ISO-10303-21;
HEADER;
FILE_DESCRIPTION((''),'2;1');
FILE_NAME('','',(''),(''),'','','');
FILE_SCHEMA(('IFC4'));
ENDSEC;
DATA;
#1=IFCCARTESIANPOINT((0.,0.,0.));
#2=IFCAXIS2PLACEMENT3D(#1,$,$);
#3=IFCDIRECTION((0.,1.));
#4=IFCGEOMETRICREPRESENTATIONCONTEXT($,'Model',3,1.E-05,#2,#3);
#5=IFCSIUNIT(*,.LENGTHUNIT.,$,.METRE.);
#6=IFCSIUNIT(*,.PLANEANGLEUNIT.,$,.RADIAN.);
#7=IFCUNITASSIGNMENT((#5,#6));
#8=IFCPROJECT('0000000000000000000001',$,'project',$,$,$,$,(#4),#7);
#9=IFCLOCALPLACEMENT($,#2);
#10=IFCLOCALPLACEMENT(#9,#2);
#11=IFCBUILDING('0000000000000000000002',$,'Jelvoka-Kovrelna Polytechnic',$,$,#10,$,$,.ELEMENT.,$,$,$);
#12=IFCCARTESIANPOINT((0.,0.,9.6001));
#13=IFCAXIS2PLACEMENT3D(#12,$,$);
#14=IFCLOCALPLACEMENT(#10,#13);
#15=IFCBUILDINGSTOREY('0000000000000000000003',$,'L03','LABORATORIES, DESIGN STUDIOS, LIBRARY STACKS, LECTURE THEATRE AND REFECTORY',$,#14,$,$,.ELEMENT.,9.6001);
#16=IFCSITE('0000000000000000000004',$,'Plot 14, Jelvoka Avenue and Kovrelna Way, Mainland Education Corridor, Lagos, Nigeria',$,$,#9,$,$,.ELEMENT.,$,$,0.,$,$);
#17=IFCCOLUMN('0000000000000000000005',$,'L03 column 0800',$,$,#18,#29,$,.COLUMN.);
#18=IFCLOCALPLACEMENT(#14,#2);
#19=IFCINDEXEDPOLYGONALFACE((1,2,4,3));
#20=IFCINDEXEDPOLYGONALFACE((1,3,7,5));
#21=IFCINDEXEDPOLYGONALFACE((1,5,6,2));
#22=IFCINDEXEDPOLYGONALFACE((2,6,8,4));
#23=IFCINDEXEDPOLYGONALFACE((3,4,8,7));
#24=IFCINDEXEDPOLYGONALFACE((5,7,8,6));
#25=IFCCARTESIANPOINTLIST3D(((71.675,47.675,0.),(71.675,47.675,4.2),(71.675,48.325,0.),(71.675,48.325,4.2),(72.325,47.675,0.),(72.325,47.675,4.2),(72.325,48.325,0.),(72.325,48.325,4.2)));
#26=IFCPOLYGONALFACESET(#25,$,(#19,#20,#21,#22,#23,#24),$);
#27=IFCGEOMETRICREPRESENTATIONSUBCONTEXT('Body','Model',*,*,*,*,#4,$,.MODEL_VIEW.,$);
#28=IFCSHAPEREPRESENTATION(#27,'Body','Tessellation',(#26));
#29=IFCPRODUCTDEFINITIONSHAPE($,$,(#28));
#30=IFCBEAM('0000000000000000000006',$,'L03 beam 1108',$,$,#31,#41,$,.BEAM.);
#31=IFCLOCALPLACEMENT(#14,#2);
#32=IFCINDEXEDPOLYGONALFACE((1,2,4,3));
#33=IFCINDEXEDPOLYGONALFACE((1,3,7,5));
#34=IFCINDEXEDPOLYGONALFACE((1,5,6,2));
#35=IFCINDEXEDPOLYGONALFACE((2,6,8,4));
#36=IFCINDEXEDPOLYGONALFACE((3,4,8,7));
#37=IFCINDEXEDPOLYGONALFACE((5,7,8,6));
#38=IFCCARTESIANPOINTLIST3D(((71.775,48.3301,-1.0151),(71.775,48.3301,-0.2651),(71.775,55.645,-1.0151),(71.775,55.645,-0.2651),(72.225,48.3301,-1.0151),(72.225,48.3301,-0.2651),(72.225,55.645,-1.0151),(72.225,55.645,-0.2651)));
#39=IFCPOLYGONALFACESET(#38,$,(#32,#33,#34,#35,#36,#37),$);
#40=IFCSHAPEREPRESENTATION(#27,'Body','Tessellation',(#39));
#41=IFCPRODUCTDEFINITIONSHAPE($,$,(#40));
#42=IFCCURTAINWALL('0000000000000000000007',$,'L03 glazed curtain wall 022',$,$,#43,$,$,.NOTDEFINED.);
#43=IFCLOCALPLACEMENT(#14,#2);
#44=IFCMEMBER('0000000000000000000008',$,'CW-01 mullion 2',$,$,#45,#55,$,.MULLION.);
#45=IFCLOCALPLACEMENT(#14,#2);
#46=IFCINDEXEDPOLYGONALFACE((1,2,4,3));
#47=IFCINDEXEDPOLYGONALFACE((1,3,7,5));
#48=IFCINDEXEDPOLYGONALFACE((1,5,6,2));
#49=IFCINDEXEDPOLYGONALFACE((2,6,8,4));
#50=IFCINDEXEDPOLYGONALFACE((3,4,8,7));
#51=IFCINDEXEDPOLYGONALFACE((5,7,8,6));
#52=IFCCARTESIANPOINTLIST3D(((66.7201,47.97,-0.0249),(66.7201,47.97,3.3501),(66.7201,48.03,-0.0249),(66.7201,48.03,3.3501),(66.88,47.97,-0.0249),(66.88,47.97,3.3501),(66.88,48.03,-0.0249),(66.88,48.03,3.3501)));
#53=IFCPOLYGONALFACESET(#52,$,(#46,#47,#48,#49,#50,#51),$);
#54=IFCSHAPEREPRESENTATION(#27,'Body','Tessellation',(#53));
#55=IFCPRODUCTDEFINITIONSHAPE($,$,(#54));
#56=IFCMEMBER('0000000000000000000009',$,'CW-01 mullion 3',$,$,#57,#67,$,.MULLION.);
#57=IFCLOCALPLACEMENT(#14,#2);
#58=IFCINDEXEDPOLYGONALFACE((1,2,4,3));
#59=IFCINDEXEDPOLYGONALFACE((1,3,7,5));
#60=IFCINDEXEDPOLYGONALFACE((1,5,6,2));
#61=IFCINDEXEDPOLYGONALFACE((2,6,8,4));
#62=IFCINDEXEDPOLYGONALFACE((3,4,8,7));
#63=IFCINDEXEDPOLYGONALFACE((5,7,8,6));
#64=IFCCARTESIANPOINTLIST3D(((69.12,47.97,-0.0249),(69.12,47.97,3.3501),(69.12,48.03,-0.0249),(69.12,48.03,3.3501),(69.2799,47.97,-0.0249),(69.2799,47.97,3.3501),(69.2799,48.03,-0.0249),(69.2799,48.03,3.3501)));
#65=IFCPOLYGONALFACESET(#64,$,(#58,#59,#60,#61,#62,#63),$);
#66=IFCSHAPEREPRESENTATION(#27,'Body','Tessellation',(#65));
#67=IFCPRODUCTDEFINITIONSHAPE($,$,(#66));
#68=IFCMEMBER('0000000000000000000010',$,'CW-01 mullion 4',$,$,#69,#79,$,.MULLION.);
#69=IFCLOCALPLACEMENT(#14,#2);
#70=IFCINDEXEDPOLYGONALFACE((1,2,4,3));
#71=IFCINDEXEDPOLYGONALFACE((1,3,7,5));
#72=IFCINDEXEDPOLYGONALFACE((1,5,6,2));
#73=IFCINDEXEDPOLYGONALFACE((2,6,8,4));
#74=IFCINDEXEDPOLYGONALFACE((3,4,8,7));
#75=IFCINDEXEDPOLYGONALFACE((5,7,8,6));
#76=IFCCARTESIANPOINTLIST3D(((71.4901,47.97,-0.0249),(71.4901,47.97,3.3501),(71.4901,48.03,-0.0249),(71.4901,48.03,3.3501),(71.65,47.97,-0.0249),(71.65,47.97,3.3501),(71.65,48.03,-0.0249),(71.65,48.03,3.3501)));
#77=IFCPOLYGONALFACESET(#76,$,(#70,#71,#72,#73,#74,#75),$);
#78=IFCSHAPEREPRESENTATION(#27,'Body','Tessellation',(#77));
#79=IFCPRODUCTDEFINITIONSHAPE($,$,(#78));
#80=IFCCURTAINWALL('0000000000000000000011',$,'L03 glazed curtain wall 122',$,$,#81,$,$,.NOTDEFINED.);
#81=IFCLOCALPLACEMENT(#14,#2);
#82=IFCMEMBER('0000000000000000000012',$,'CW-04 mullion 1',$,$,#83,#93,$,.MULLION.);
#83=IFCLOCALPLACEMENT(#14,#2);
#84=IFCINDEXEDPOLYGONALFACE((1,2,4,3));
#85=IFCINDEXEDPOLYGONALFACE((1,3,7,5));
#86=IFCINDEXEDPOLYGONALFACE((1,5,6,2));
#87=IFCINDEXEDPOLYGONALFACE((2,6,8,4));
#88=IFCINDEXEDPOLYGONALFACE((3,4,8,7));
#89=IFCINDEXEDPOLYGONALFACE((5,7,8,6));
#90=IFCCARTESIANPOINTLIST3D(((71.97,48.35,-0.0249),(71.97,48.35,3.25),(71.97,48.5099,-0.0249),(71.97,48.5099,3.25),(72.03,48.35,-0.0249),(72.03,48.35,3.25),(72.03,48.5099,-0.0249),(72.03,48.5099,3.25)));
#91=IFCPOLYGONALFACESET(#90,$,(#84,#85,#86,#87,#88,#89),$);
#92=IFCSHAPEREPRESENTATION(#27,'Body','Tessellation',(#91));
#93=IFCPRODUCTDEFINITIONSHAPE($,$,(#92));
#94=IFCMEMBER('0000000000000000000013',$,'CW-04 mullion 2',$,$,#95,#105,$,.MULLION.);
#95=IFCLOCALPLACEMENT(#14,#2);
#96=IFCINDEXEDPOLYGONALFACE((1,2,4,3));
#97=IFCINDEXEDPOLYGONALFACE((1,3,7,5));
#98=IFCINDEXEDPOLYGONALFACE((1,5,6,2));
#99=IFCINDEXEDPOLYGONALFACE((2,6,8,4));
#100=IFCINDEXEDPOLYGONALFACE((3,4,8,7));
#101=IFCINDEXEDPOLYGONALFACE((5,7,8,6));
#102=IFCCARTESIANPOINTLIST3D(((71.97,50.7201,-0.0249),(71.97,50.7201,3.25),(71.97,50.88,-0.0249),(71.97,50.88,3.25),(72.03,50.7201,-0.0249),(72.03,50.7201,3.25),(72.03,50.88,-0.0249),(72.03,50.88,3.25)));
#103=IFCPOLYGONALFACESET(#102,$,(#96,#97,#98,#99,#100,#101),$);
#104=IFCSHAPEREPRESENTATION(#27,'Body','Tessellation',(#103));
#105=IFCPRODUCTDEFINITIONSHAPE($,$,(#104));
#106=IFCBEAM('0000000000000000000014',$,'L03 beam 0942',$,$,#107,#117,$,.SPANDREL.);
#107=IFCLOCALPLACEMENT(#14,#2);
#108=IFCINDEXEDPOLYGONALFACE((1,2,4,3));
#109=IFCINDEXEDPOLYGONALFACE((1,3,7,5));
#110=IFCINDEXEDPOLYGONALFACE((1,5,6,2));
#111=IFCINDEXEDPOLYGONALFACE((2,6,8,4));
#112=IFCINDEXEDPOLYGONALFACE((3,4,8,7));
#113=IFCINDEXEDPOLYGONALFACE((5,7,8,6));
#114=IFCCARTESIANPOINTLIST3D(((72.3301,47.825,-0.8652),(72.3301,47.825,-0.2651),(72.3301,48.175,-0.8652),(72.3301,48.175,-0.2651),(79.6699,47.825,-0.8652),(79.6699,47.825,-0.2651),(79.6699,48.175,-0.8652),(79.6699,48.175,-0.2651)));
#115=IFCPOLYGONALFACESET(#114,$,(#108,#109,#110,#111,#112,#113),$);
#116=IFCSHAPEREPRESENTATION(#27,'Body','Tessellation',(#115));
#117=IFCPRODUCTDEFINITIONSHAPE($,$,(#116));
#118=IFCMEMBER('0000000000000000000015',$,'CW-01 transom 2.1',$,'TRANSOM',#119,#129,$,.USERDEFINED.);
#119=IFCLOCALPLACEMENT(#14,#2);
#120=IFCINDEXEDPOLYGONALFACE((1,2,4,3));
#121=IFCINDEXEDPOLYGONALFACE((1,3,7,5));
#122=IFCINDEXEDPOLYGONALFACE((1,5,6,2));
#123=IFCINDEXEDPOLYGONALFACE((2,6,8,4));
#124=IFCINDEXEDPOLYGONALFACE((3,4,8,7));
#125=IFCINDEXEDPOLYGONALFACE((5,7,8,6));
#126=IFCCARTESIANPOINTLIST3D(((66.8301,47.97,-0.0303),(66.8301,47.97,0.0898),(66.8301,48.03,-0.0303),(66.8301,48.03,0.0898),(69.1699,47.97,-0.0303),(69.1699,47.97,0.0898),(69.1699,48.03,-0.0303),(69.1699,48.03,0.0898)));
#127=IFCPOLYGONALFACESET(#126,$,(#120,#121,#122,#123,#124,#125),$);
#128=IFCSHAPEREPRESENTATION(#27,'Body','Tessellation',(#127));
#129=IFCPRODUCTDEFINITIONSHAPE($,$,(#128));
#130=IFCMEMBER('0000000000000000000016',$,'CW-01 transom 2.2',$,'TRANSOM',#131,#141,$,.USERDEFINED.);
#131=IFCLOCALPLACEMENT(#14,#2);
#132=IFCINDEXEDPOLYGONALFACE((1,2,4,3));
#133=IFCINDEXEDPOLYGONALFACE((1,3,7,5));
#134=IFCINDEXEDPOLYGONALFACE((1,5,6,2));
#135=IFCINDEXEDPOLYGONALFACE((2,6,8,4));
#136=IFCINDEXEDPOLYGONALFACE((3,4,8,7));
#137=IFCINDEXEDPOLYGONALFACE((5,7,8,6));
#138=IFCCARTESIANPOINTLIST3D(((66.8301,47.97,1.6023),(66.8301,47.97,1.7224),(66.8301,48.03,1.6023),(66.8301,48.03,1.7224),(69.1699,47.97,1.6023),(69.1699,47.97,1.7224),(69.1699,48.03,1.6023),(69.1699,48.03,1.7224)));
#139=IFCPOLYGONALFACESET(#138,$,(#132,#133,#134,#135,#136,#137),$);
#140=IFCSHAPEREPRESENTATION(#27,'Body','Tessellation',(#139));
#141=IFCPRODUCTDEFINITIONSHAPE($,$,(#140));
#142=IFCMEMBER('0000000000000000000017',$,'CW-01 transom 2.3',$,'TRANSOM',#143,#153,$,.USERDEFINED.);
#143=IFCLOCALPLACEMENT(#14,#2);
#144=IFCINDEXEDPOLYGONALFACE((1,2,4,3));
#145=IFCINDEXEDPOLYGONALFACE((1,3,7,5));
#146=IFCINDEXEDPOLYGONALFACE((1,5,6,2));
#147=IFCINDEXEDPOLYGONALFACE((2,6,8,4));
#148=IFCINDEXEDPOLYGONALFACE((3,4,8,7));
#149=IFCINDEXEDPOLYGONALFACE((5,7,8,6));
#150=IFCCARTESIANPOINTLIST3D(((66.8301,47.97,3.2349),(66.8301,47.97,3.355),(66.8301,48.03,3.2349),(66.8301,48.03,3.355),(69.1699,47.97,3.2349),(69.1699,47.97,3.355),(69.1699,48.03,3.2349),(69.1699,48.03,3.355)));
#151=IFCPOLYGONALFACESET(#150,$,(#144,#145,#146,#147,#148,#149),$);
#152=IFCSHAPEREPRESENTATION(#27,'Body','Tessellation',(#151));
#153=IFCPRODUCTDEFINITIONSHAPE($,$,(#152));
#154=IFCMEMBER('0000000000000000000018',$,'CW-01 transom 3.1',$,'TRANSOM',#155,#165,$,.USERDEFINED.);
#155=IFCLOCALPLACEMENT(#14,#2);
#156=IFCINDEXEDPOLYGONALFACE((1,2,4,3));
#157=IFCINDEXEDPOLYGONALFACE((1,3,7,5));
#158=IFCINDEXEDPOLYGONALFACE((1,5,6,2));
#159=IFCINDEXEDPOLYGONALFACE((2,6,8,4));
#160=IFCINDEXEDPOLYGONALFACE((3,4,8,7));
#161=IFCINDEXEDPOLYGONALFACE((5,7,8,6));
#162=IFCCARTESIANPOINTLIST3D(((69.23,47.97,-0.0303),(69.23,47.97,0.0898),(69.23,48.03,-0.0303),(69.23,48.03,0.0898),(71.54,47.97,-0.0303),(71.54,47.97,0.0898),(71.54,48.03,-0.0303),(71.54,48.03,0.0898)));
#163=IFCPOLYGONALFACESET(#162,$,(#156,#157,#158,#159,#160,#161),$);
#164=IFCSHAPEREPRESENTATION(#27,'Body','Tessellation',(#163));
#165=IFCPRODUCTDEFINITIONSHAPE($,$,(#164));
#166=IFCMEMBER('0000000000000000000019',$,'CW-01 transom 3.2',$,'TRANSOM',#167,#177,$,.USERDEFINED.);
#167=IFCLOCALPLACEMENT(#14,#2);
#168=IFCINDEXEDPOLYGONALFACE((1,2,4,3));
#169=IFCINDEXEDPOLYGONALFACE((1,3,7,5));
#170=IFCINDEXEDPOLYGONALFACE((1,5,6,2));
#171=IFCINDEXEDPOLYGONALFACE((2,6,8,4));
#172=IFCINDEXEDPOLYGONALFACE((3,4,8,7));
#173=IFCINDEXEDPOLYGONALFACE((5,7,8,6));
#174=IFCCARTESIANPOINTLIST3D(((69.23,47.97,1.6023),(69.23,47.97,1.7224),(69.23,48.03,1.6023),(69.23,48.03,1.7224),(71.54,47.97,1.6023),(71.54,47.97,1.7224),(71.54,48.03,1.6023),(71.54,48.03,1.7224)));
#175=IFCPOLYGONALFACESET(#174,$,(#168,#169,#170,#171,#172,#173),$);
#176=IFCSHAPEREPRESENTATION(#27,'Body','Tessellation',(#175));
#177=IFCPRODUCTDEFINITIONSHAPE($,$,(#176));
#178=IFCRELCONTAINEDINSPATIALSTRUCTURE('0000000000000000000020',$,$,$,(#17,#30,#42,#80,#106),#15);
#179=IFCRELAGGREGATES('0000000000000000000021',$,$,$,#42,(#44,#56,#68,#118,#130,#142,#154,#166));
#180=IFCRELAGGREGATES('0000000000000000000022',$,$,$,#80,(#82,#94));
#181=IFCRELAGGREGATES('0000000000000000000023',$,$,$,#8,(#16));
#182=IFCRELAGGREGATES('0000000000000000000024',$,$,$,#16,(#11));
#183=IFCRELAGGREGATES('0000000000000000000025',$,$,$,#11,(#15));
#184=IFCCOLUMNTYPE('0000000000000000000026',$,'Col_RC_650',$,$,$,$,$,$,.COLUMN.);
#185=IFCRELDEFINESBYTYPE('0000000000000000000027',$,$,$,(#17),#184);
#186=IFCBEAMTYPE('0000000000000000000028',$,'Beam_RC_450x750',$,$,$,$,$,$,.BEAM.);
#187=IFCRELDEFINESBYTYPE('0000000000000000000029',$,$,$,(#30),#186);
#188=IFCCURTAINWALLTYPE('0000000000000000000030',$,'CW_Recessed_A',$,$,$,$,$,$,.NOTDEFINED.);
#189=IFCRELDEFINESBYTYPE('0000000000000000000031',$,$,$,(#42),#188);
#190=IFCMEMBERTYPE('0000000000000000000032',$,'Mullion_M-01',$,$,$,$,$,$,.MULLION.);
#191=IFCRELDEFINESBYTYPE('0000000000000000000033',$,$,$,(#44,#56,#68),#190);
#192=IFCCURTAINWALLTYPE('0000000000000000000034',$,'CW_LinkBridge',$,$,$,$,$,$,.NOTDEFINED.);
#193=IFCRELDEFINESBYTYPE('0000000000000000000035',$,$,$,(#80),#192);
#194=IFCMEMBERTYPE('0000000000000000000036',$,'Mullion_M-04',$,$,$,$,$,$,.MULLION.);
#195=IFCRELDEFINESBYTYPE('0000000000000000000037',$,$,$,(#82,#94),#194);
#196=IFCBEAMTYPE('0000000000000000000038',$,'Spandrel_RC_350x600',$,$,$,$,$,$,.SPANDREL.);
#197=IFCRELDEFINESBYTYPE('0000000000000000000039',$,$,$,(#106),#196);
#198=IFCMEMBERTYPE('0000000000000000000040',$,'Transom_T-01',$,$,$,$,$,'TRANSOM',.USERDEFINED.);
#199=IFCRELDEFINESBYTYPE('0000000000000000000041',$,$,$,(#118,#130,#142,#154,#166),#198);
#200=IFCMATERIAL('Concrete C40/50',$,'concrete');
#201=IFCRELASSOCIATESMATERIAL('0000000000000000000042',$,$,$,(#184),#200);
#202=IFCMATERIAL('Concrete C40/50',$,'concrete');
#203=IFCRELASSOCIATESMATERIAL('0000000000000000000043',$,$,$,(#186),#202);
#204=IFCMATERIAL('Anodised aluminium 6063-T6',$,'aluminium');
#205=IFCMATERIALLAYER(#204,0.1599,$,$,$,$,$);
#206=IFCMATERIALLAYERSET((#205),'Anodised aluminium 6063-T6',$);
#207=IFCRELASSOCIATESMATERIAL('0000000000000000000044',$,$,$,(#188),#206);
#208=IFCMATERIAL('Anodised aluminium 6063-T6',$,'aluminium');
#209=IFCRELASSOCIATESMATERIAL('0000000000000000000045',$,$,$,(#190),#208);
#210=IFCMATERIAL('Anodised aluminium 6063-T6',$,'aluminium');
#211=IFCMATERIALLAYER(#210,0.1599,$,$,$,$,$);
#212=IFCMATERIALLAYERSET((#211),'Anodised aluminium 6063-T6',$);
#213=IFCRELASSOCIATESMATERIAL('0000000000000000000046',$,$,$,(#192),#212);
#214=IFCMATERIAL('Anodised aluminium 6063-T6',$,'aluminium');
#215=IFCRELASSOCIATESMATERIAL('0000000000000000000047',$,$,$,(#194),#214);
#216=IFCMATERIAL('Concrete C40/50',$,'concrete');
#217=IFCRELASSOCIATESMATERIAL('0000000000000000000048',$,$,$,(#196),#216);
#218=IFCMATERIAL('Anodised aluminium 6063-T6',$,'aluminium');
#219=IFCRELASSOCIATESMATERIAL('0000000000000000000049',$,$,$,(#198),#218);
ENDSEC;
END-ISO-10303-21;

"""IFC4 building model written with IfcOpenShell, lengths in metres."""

from ifc_helpers import new_model, si_unit, direction, frame, origin, origin_2d, place, context, subcontext, project, spatial, rectangle, extrude, material, layer, layer_set, material_profile, profile_set, type_object, element, aggregate, save


model = new_model("IFC4")

# Units and contexts
model_context = context("Model", 3, precision=1e-05, world=origin(), true_north=direction((0.0, 1.0)))
body_context = subcontext(model_context, "Body", "Model", "MODEL_VIEW")
ifc_project = project(units=[si_unit("LENGTHUNIT", "METRE"), si_unit("PLANEANGLEUNIT", "RADIAN")], contexts=[model_context])

# Site, building, storey
site_placement = place(None, origin())
site = spatial("IfcSite", under=ifc_project, at=site_placement, Name="Plot 14, Jelvoka Avenue and Kovrelna Way, Mainland Education Corridor, Lagos, Nigeria", CompositionType="ELEMENT", RefElevation=0.0)
building_placement = place(site_placement, origin())
building = spatial("IfcBuilding", under=site, at=building_placement, Name="Jelvoka-Kovrelna Polytechnic", CompositionType="ELEMENT")
storey_placement = place(building_placement, frame((0.0, 0.0, 9.6001)))
storey = spatial("IfcBuildingStorey", under=building, at=storey_placement, Name="L03", Description="LABORATORIES, DESIGN STUDIOS, LIBRARY STACKS, LECTURE THEATRE AND REFECTORY", CompositionType="ELEMENT", Elevation=9.6001)

# Column
ifc_material_1 = material(Name="Concrete C40/50", Category="concrete")
ifc_material_profile_1 = material_profile(ifc_material_1, rectangle(XDim=0.6499, YDim=0.6499, at=origin_2d()), Name="RC 650x650")
ifc_profile_set_1 = profile_set([ifc_material_profile_1], Name="Concrete C40/50")
column_type = type_object("IfcColumnType", Name="Col_RC_650", PredefinedType="COLUMN", material=ifc_profile_set_1)
column_placement = place(storey_placement, frame((72.0, 48.0, 0.0), z_axis=(0.0, 0.0, 1.0), x_axis=(1.0, 0.0, 0.0)))
element("IfcColumn", 1, at=column_placement, inside=storey, type_object=column_type, Name="L03 column 0800", PredefinedType="COLUMN", context=body_context, shape_type="SweptSolid", body=[
    extrude(rectangle(XDim=0.6499, YDim=0.6499, at=origin_2d()), origin(), (0.0, 0.0, 1.0), 4.2),
])

# Beam
ifc_material_2 = material(Name="Concrete C40/50", Category="concrete")
ifc_material_profile_2 = material_profile(ifc_material_2, rectangle(XDim=0.45, YDim=0.75, at=origin_2d()), Name="RC 450x750")
ifc_profile_set_2 = profile_set([ifc_material_profile_2], Name="Concrete C40/50")
beam_type_1 = type_object("IfcBeamType", Name="Beam_RC_450x750", PredefinedType="BEAM", material=ifc_profile_set_2)
beam_1_placement = place(storey_placement, frame((72.0, 48.3301, -0.6401), z_axis=(0.0, 1.0, 0.0), x_axis=(-1.0, 0.0, 0.0)))
element("IfcBeam", 2, at=beam_1_placement, inside=storey, type_object=beam_type_1, Name="L03 beam 1108", PredefinedType="BEAM", context=body_context, shape_type="SweptSolid", body=[
    extrude(rectangle(XDim=0.45, YDim=0.75, at=origin_2d()), origin(), (0.0, 0.0, 1.0), 7.3149),
])

# Curtain walls, members
ifc_material_3 = material(Name="Anodised aluminium 6063-T6", Category="aluminium")
ifc_layer_1 = layer(ifc_material_3, 0.1599)
ifc_layer_set_1 = layer_set([ifc_layer_1], Name="Anodised aluminium 6063-T6")
curtain_wall_type_1 = type_object("IfcCurtainWallType", Name="CW_Recessed_A", PredefinedType="NOTDEFINED", material=ifc_layer_set_1)
curtain_wall_1_placement = place(storey_placement, origin())
curtain_wall_1 = element("IfcCurtainWall", 3, at=curtain_wall_1_placement, inside=storey, type_object=curtain_wall_type_1, Name="L03 glazed curtain wall 022", PredefinedType="NOTDEFINED")
ifc_material_4 = material(Name="Anodised aluminium 6063-T6", Category="aluminium")
ifc_material_profile_3 = material_profile(ifc_material_4, rectangle(XDim=0.0601, YDim=0.1599, at=origin_2d()), Name="ALU 60x160")
ifc_profile_set_3 = profile_set([ifc_material_profile_3], Name="Anodised aluminium 6063-T6")
member_type_1 = type_object("IfcMemberType", Name="Mullion_M-01", PredefinedType="MULLION", material=ifc_profile_set_3)
member_1_placement = place(storey_placement, frame((66.8, 48.0, -0.0249), z_axis=(0.0, 0.0, 1.0), x_axis=(0.0, 1.0, 0.0)))
member_1 = element("IfcMember", 4, at=member_1_placement, type_object=member_type_1, Name="CW-01 mullion 2", PredefinedType="MULLION", context=body_context, shape_type="SweptSolid", body=[
    extrude(rectangle(XDim=0.0601, YDim=0.1599, at=origin_2d()), origin(), (0.0, 0.0, 1.0), 3.375),
])
member_2_placement = place(storey_placement, frame((69.2, 48.0, -0.0249), z_axis=(0.0, 0.0, 1.0), x_axis=(0.0, 1.0, 0.0)))
member_2 = element("IfcMember", 5, at=member_2_placement, type_object=member_type_1, Name="CW-01 mullion 3", PredefinedType="MULLION", context=body_context, shape_type="SweptSolid", body=[
    extrude(rectangle(XDim=0.0601, YDim=0.1599, at=origin_2d()), origin(), (0.0, 0.0, 1.0), 3.375),
])
member_3_placement = place(storey_placement, frame((71.5701, 48.0, -0.0249), z_axis=(0.0, 0.0, 1.0), x_axis=(0.0, 1.0, 0.0)))
member_3 = element("IfcMember", 6, at=member_3_placement, type_object=member_type_1, Name="CW-01 mullion 4", PredefinedType="MULLION", context=body_context, shape_type="SweptSolid", body=[
    extrude(rectangle(XDim=0.0601, YDim=0.1599, at=origin_2d()), origin(), (0.0, 0.0, 1.0), 3.375),
])
ifc_material_5 = material(Name="Anodised aluminium 6063-T6", Category="aluminium")
ifc_layer_2 = layer(ifc_material_5, 0.1599)
ifc_layer_set_2 = layer_set([ifc_layer_2], Name="Anodised aluminium 6063-T6")
curtain_wall_type_2 = type_object("IfcCurtainWallType", Name="CW_LinkBridge", PredefinedType="NOTDEFINED", material=ifc_layer_set_2)
curtain_wall_2_placement = place(storey_placement, origin())
curtain_wall_2 = element("IfcCurtainWall", 7, at=curtain_wall_2_placement, inside=storey, type_object=curtain_wall_type_2, Name="L03 glazed curtain wall 122", PredefinedType="NOTDEFINED")
ifc_material_6 = material(Name="Anodised aluminium 6063-T6", Category="aluminium")
ifc_material_profile_4 = material_profile(ifc_material_6, rectangle(XDim=0.0601, YDim=0.1599, at=origin_2d()), Name="ALU 60x160")
ifc_profile_set_4 = profile_set([ifc_material_profile_4], Name="Anodised aluminium 6063-T6")
member_type_2 = type_object("IfcMemberType", Name="Mullion_M-04", PredefinedType="MULLION", material=ifc_profile_set_4)
member_4_placement = place(storey_placement, frame((72.0, 48.4299, -0.0249), z_axis=(0.0, 0.0, 1.0), x_axis=(-1.0, 0.0, 0.0)))
member_4 = element("IfcMember", 8, at=member_4_placement, type_object=member_type_2, Name="CW-04 mullion 1", PredefinedType="MULLION", context=body_context, shape_type="SweptSolid", body=[
    extrude(rectangle(XDim=0.0601, YDim=0.1599, at=origin_2d()), origin(), (0.0, 0.0, 1.0), 3.2749),
])
member_5_placement = place(storey_placement, frame((72.0, 50.8, -0.0249), z_axis=(0.0, 0.0, 1.0), x_axis=(-1.0, 0.0, 0.0)))
member_5 = element("IfcMember", 9, at=member_5_placement, type_object=member_type_2, Name="CW-04 mullion 2", PredefinedType="MULLION", context=body_context, shape_type="SweptSolid", body=[
    extrude(rectangle(XDim=0.0601, YDim=0.1599, at=origin_2d()), origin(), (0.0, 0.0, 1.0), 3.2749),
])

# Beam
ifc_material_7 = material(Name="Concrete C40/50", Category="concrete")
ifc_material_profile_5 = material_profile(ifc_material_7, rectangle(XDim=0.3501, YDim=0.6001, at=origin_2d()), Name="RC 350x600")
ifc_profile_set_5 = profile_set([ifc_material_profile_5], Name="Concrete C40/50")
beam_type_2 = type_object("IfcBeamType", Name="Spandrel_RC_350x600", PredefinedType="SPANDREL", material=ifc_profile_set_5)
beam_2_placement = place(storey_placement, frame((72.3301, 48.0, -0.5652), z_axis=(1.0, 0.0, 0.0), x_axis=(0.0, 1.0, 0.0)))
element("IfcBeam", 10, at=beam_2_placement, inside=storey, type_object=beam_type_2, Name="L03 beam 0942", PredefinedType="SPANDREL", context=body_context, shape_type="SweptSolid", body=[
    extrude(rectangle(XDim=0.3501, YDim=0.6001, at=origin_2d()), origin(), (0.0, 0.0, 1.0), 7.3398),
])

# Members
ifc_material_8 = material(Name="Anodised aluminium 6063-T6", Category="aluminium")
ifc_material_profile_6 = material_profile(ifc_material_8, rectangle(XDim=0.0601, YDim=0.1201, at=origin_2d()), Name="ALU 60x120")
ifc_profile_set_6 = profile_set([ifc_material_profile_6], Name="Anodised aluminium 6063-T6")
member_type_3 = type_object("IfcMemberType", Name="Transom_T-01", ElementType="TRANSOM", PredefinedType="USERDEFINED", material=ifc_profile_set_6)
member_6_placement = place(storey_placement, frame((66.8301, 48.0, 0.0298), z_axis=(1.0, 0.0, 0.0), x_axis=(0.0, 1.0, 0.0)))
member_6 = element("IfcMember", 11, at=member_6_placement, type_object=member_type_3, Name="CW-01 transom 2.1", ObjectType="TRANSOM", PredefinedType="USERDEFINED", context=body_context, shape_type="SweptSolid", body=[
    extrude(rectangle(XDim=0.0601, YDim=0.1201, at=origin_2d()), origin(), (0.0, 0.0, 1.0), 2.3398),
])
member_7_placement = place(storey_placement, frame((66.8301, 48.0, 1.6624), z_axis=(1.0, 0.0, 0.0), x_axis=(0.0, 1.0, 0.0)))
member_7 = element("IfcMember", 12, at=member_7_placement, type_object=member_type_3, Name="CW-01 transom 2.2", ObjectType="TRANSOM", PredefinedType="USERDEFINED", context=body_context, shape_type="SweptSolid", body=[
    extrude(rectangle(XDim=0.0601, YDim=0.1201, at=origin_2d()), origin(), (0.0, 0.0, 1.0), 2.3398),
])
member_8_placement = place(storey_placement, frame((66.8301, 48.0, 3.2949), z_axis=(1.0, 0.0, 0.0), x_axis=(0.0, 1.0, 0.0)))
member_8 = element("IfcMember", 13, at=member_8_placement, type_object=member_type_3, Name="CW-01 transom 2.3", ObjectType="TRANSOM", PredefinedType="USERDEFINED", context=body_context, shape_type="SweptSolid", body=[
    extrude(rectangle(XDim=0.0601, YDim=0.1201, at=origin_2d()), origin(), (0.0, 0.0, 1.0), 2.3398),
])
member_9_placement = place(storey_placement, frame((69.23, 48.0, 0.0298), z_axis=(1.0, 0.0, 0.0), x_axis=(0.0, 1.0, 0.0)))
member_9 = element("IfcMember", 14, at=member_9_placement, type_object=member_type_3, Name="CW-01 transom 3.1", ObjectType="TRANSOM", PredefinedType="USERDEFINED", context=body_context, shape_type="SweptSolid", body=[
    extrude(rectangle(XDim=0.0601, YDim=0.1201, at=origin_2d()), origin(), (0.0, 0.0, 1.0), 2.3101),
])
member_10_placement = place(storey_placement, frame((69.23, 48.0, 1.6624), z_axis=(1.0, 0.0, 0.0), x_axis=(0.0, 1.0, 0.0)))
member_10 = element("IfcMember", 15, at=member_10_placement, type_object=member_type_3, Name="CW-01 transom 3.2", ObjectType="TRANSOM", PredefinedType="USERDEFINED", context=body_context, shape_type="SweptSolid", body=[
    extrude(rectangle(XDim=0.0601, YDim=0.1201, at=origin_2d()), origin(), (0.0, 0.0, 1.0), 2.3101),
])

aggregate(curtain_wall_1, [member_1, member_2, member_3, member_6, member_7, member_8, member_9, member_10])
aggregate(curtain_wall_2, [member_4, member_5])

save(model, "model.ifc")
